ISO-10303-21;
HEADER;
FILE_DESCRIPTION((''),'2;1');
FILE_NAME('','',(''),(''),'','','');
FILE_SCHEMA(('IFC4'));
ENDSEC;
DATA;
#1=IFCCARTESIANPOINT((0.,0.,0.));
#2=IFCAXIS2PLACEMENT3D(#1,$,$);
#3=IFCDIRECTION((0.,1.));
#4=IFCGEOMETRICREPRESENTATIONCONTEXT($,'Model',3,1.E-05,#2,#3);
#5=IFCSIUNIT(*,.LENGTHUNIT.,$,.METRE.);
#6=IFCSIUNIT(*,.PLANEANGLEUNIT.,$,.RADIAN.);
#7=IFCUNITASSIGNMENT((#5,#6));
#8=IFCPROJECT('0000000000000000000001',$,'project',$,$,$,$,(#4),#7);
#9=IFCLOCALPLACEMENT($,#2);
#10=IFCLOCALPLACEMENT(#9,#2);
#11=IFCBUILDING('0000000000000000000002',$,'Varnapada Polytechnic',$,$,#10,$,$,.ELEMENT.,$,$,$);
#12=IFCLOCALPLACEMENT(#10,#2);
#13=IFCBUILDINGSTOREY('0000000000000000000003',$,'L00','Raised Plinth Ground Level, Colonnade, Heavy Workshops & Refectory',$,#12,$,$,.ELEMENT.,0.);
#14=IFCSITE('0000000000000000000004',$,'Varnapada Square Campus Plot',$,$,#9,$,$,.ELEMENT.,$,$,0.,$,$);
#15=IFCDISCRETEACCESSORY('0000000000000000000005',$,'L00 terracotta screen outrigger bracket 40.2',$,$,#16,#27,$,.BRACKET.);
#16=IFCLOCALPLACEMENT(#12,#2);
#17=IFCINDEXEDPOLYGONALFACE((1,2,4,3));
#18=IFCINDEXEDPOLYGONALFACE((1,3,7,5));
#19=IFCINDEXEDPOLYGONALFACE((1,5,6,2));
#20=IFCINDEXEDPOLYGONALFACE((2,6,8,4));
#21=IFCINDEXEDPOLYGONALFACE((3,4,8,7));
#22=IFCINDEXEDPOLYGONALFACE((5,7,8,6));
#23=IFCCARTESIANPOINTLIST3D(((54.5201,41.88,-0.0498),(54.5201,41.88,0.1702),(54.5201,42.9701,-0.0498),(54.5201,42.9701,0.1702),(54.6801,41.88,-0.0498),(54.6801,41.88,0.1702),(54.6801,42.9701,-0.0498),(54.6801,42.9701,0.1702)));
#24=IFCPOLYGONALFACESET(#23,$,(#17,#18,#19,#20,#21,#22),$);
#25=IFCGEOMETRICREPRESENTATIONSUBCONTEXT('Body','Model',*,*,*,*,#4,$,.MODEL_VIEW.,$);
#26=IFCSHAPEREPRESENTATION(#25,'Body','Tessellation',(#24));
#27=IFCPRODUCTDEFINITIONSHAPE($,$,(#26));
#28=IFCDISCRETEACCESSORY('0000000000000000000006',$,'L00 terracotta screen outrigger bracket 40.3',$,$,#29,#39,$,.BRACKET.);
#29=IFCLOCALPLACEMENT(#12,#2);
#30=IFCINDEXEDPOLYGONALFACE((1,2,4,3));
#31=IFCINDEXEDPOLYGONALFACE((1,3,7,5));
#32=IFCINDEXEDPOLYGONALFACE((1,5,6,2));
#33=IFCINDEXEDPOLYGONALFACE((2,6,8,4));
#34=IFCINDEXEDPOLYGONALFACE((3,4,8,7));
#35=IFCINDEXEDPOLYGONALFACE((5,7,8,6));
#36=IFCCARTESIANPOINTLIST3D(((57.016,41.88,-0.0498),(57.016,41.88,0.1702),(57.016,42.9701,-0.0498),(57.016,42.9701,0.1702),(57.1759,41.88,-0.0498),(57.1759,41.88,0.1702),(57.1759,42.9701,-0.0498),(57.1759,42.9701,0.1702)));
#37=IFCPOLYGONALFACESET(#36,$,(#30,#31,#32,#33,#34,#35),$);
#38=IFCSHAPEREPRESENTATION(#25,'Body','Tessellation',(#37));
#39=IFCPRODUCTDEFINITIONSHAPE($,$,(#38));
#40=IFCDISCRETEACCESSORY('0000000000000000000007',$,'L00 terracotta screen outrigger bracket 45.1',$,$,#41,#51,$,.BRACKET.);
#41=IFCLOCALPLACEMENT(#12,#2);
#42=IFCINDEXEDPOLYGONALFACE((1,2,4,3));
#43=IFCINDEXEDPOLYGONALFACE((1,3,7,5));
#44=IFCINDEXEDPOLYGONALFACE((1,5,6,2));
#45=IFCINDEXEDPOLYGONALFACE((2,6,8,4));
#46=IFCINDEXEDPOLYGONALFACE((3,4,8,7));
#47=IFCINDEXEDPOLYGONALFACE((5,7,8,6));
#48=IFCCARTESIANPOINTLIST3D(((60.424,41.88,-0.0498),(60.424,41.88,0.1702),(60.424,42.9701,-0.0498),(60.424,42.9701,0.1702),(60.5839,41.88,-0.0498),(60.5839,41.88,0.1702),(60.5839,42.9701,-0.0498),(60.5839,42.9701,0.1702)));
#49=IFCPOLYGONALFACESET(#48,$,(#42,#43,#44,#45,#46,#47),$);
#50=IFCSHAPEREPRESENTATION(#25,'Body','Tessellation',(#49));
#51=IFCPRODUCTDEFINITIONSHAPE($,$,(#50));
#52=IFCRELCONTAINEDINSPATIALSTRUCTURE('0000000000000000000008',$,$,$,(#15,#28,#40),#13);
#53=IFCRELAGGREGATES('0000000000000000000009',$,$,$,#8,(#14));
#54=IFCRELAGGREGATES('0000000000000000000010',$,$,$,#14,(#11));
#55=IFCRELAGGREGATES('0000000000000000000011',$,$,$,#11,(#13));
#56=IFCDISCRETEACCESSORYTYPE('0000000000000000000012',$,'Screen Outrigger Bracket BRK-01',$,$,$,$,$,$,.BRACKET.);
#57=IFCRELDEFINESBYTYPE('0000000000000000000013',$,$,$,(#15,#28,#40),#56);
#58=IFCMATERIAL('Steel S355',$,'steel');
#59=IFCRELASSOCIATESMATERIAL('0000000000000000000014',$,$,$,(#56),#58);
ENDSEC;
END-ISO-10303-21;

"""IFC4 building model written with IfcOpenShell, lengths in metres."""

from ifc_helpers import new_model, si_unit, direction, frame, origin, origin_2d, place, context, subcontext, project, spatial, rectangle, extrude, material, type_object, element, save


model = new_model("IFC4")

# Units and contexts
model_context = context("Model", 3, precision=1e-05, world=origin(), true_north=direction((0.0, 1.0)))
body_context = subcontext(model_context, "Body", "Model", "MODEL_VIEW")
ifc_project = project(units=[si_unit("LENGTHUNIT", "METRE"), si_unit("PLANEANGLEUNIT", "RADIAN")], contexts=[model_context])

# Site, building, storey
site_placement = place(None, origin())
site = spatial("IfcSite", under=ifc_project, at=site_placement, Name="Varnapada Square Campus Plot", CompositionType="ELEMENT", RefElevation=0.0)
building_placement = place(site_placement, origin())
building = spatial("IfcBuilding", under=site, at=building_placement, Name="Varnapada Polytechnic", CompositionType="ELEMENT")
storey_placement = place(building_placement, origin())
storey = spatial("IfcBuildingStorey", under=building, at=storey_placement, Name="L00", Description="Raised Plinth Ground Level, Colonnade, Heavy Workshops & Refectory", CompositionType="ELEMENT", Elevation=0.0)

# Discrete accessories
ifc_material_1 = material(Name="Steel S355", Category="steel")
discrete_accessory_type = type_object("IfcDiscreteAccessoryType", Name="Screen Outrigger Bracket BRK-01", PredefinedType="BRACKET", material=ifc_material_1)
for number, where, z_axis, x_axis, name in (
    (1, (54.6001, 42.425, -0.0498), (0.0, 0.0, 1.0), (1.0, 0.0, 0.0), "L00 terracotta screen outrigger bracket 40.2"),
    (2, (57.0959, 42.425, -0.0498), (0.0, 0.0, 1.0), (1.0, 0.0, 0.0), "L00 terracotta screen outrigger bracket 40.3"),
    (3, (60.5039, 42.425, -0.0498), (0.0, 0.0, 1.0), (1.0, 0.0, 0.0), "L00 terracotta screen outrigger bracket 45.1"),
):
    element("IfcDiscreteAccessory", number, at=place(storey_placement, frame(where, z_axis=z_axis, x_axis=x_axis)), inside=storey, type_object=discrete_accessory_type, Name=name, PredefinedType="BRACKET", context=body_context, shape_type="SweptSolid", body=[
        extrude(rectangle(XDim=0.1599, YDim=1.0901, at=origin_2d()), origin(), (0.0, 0.0, 1.0), 0.22),
    ])

save(model, "model.ifc")
